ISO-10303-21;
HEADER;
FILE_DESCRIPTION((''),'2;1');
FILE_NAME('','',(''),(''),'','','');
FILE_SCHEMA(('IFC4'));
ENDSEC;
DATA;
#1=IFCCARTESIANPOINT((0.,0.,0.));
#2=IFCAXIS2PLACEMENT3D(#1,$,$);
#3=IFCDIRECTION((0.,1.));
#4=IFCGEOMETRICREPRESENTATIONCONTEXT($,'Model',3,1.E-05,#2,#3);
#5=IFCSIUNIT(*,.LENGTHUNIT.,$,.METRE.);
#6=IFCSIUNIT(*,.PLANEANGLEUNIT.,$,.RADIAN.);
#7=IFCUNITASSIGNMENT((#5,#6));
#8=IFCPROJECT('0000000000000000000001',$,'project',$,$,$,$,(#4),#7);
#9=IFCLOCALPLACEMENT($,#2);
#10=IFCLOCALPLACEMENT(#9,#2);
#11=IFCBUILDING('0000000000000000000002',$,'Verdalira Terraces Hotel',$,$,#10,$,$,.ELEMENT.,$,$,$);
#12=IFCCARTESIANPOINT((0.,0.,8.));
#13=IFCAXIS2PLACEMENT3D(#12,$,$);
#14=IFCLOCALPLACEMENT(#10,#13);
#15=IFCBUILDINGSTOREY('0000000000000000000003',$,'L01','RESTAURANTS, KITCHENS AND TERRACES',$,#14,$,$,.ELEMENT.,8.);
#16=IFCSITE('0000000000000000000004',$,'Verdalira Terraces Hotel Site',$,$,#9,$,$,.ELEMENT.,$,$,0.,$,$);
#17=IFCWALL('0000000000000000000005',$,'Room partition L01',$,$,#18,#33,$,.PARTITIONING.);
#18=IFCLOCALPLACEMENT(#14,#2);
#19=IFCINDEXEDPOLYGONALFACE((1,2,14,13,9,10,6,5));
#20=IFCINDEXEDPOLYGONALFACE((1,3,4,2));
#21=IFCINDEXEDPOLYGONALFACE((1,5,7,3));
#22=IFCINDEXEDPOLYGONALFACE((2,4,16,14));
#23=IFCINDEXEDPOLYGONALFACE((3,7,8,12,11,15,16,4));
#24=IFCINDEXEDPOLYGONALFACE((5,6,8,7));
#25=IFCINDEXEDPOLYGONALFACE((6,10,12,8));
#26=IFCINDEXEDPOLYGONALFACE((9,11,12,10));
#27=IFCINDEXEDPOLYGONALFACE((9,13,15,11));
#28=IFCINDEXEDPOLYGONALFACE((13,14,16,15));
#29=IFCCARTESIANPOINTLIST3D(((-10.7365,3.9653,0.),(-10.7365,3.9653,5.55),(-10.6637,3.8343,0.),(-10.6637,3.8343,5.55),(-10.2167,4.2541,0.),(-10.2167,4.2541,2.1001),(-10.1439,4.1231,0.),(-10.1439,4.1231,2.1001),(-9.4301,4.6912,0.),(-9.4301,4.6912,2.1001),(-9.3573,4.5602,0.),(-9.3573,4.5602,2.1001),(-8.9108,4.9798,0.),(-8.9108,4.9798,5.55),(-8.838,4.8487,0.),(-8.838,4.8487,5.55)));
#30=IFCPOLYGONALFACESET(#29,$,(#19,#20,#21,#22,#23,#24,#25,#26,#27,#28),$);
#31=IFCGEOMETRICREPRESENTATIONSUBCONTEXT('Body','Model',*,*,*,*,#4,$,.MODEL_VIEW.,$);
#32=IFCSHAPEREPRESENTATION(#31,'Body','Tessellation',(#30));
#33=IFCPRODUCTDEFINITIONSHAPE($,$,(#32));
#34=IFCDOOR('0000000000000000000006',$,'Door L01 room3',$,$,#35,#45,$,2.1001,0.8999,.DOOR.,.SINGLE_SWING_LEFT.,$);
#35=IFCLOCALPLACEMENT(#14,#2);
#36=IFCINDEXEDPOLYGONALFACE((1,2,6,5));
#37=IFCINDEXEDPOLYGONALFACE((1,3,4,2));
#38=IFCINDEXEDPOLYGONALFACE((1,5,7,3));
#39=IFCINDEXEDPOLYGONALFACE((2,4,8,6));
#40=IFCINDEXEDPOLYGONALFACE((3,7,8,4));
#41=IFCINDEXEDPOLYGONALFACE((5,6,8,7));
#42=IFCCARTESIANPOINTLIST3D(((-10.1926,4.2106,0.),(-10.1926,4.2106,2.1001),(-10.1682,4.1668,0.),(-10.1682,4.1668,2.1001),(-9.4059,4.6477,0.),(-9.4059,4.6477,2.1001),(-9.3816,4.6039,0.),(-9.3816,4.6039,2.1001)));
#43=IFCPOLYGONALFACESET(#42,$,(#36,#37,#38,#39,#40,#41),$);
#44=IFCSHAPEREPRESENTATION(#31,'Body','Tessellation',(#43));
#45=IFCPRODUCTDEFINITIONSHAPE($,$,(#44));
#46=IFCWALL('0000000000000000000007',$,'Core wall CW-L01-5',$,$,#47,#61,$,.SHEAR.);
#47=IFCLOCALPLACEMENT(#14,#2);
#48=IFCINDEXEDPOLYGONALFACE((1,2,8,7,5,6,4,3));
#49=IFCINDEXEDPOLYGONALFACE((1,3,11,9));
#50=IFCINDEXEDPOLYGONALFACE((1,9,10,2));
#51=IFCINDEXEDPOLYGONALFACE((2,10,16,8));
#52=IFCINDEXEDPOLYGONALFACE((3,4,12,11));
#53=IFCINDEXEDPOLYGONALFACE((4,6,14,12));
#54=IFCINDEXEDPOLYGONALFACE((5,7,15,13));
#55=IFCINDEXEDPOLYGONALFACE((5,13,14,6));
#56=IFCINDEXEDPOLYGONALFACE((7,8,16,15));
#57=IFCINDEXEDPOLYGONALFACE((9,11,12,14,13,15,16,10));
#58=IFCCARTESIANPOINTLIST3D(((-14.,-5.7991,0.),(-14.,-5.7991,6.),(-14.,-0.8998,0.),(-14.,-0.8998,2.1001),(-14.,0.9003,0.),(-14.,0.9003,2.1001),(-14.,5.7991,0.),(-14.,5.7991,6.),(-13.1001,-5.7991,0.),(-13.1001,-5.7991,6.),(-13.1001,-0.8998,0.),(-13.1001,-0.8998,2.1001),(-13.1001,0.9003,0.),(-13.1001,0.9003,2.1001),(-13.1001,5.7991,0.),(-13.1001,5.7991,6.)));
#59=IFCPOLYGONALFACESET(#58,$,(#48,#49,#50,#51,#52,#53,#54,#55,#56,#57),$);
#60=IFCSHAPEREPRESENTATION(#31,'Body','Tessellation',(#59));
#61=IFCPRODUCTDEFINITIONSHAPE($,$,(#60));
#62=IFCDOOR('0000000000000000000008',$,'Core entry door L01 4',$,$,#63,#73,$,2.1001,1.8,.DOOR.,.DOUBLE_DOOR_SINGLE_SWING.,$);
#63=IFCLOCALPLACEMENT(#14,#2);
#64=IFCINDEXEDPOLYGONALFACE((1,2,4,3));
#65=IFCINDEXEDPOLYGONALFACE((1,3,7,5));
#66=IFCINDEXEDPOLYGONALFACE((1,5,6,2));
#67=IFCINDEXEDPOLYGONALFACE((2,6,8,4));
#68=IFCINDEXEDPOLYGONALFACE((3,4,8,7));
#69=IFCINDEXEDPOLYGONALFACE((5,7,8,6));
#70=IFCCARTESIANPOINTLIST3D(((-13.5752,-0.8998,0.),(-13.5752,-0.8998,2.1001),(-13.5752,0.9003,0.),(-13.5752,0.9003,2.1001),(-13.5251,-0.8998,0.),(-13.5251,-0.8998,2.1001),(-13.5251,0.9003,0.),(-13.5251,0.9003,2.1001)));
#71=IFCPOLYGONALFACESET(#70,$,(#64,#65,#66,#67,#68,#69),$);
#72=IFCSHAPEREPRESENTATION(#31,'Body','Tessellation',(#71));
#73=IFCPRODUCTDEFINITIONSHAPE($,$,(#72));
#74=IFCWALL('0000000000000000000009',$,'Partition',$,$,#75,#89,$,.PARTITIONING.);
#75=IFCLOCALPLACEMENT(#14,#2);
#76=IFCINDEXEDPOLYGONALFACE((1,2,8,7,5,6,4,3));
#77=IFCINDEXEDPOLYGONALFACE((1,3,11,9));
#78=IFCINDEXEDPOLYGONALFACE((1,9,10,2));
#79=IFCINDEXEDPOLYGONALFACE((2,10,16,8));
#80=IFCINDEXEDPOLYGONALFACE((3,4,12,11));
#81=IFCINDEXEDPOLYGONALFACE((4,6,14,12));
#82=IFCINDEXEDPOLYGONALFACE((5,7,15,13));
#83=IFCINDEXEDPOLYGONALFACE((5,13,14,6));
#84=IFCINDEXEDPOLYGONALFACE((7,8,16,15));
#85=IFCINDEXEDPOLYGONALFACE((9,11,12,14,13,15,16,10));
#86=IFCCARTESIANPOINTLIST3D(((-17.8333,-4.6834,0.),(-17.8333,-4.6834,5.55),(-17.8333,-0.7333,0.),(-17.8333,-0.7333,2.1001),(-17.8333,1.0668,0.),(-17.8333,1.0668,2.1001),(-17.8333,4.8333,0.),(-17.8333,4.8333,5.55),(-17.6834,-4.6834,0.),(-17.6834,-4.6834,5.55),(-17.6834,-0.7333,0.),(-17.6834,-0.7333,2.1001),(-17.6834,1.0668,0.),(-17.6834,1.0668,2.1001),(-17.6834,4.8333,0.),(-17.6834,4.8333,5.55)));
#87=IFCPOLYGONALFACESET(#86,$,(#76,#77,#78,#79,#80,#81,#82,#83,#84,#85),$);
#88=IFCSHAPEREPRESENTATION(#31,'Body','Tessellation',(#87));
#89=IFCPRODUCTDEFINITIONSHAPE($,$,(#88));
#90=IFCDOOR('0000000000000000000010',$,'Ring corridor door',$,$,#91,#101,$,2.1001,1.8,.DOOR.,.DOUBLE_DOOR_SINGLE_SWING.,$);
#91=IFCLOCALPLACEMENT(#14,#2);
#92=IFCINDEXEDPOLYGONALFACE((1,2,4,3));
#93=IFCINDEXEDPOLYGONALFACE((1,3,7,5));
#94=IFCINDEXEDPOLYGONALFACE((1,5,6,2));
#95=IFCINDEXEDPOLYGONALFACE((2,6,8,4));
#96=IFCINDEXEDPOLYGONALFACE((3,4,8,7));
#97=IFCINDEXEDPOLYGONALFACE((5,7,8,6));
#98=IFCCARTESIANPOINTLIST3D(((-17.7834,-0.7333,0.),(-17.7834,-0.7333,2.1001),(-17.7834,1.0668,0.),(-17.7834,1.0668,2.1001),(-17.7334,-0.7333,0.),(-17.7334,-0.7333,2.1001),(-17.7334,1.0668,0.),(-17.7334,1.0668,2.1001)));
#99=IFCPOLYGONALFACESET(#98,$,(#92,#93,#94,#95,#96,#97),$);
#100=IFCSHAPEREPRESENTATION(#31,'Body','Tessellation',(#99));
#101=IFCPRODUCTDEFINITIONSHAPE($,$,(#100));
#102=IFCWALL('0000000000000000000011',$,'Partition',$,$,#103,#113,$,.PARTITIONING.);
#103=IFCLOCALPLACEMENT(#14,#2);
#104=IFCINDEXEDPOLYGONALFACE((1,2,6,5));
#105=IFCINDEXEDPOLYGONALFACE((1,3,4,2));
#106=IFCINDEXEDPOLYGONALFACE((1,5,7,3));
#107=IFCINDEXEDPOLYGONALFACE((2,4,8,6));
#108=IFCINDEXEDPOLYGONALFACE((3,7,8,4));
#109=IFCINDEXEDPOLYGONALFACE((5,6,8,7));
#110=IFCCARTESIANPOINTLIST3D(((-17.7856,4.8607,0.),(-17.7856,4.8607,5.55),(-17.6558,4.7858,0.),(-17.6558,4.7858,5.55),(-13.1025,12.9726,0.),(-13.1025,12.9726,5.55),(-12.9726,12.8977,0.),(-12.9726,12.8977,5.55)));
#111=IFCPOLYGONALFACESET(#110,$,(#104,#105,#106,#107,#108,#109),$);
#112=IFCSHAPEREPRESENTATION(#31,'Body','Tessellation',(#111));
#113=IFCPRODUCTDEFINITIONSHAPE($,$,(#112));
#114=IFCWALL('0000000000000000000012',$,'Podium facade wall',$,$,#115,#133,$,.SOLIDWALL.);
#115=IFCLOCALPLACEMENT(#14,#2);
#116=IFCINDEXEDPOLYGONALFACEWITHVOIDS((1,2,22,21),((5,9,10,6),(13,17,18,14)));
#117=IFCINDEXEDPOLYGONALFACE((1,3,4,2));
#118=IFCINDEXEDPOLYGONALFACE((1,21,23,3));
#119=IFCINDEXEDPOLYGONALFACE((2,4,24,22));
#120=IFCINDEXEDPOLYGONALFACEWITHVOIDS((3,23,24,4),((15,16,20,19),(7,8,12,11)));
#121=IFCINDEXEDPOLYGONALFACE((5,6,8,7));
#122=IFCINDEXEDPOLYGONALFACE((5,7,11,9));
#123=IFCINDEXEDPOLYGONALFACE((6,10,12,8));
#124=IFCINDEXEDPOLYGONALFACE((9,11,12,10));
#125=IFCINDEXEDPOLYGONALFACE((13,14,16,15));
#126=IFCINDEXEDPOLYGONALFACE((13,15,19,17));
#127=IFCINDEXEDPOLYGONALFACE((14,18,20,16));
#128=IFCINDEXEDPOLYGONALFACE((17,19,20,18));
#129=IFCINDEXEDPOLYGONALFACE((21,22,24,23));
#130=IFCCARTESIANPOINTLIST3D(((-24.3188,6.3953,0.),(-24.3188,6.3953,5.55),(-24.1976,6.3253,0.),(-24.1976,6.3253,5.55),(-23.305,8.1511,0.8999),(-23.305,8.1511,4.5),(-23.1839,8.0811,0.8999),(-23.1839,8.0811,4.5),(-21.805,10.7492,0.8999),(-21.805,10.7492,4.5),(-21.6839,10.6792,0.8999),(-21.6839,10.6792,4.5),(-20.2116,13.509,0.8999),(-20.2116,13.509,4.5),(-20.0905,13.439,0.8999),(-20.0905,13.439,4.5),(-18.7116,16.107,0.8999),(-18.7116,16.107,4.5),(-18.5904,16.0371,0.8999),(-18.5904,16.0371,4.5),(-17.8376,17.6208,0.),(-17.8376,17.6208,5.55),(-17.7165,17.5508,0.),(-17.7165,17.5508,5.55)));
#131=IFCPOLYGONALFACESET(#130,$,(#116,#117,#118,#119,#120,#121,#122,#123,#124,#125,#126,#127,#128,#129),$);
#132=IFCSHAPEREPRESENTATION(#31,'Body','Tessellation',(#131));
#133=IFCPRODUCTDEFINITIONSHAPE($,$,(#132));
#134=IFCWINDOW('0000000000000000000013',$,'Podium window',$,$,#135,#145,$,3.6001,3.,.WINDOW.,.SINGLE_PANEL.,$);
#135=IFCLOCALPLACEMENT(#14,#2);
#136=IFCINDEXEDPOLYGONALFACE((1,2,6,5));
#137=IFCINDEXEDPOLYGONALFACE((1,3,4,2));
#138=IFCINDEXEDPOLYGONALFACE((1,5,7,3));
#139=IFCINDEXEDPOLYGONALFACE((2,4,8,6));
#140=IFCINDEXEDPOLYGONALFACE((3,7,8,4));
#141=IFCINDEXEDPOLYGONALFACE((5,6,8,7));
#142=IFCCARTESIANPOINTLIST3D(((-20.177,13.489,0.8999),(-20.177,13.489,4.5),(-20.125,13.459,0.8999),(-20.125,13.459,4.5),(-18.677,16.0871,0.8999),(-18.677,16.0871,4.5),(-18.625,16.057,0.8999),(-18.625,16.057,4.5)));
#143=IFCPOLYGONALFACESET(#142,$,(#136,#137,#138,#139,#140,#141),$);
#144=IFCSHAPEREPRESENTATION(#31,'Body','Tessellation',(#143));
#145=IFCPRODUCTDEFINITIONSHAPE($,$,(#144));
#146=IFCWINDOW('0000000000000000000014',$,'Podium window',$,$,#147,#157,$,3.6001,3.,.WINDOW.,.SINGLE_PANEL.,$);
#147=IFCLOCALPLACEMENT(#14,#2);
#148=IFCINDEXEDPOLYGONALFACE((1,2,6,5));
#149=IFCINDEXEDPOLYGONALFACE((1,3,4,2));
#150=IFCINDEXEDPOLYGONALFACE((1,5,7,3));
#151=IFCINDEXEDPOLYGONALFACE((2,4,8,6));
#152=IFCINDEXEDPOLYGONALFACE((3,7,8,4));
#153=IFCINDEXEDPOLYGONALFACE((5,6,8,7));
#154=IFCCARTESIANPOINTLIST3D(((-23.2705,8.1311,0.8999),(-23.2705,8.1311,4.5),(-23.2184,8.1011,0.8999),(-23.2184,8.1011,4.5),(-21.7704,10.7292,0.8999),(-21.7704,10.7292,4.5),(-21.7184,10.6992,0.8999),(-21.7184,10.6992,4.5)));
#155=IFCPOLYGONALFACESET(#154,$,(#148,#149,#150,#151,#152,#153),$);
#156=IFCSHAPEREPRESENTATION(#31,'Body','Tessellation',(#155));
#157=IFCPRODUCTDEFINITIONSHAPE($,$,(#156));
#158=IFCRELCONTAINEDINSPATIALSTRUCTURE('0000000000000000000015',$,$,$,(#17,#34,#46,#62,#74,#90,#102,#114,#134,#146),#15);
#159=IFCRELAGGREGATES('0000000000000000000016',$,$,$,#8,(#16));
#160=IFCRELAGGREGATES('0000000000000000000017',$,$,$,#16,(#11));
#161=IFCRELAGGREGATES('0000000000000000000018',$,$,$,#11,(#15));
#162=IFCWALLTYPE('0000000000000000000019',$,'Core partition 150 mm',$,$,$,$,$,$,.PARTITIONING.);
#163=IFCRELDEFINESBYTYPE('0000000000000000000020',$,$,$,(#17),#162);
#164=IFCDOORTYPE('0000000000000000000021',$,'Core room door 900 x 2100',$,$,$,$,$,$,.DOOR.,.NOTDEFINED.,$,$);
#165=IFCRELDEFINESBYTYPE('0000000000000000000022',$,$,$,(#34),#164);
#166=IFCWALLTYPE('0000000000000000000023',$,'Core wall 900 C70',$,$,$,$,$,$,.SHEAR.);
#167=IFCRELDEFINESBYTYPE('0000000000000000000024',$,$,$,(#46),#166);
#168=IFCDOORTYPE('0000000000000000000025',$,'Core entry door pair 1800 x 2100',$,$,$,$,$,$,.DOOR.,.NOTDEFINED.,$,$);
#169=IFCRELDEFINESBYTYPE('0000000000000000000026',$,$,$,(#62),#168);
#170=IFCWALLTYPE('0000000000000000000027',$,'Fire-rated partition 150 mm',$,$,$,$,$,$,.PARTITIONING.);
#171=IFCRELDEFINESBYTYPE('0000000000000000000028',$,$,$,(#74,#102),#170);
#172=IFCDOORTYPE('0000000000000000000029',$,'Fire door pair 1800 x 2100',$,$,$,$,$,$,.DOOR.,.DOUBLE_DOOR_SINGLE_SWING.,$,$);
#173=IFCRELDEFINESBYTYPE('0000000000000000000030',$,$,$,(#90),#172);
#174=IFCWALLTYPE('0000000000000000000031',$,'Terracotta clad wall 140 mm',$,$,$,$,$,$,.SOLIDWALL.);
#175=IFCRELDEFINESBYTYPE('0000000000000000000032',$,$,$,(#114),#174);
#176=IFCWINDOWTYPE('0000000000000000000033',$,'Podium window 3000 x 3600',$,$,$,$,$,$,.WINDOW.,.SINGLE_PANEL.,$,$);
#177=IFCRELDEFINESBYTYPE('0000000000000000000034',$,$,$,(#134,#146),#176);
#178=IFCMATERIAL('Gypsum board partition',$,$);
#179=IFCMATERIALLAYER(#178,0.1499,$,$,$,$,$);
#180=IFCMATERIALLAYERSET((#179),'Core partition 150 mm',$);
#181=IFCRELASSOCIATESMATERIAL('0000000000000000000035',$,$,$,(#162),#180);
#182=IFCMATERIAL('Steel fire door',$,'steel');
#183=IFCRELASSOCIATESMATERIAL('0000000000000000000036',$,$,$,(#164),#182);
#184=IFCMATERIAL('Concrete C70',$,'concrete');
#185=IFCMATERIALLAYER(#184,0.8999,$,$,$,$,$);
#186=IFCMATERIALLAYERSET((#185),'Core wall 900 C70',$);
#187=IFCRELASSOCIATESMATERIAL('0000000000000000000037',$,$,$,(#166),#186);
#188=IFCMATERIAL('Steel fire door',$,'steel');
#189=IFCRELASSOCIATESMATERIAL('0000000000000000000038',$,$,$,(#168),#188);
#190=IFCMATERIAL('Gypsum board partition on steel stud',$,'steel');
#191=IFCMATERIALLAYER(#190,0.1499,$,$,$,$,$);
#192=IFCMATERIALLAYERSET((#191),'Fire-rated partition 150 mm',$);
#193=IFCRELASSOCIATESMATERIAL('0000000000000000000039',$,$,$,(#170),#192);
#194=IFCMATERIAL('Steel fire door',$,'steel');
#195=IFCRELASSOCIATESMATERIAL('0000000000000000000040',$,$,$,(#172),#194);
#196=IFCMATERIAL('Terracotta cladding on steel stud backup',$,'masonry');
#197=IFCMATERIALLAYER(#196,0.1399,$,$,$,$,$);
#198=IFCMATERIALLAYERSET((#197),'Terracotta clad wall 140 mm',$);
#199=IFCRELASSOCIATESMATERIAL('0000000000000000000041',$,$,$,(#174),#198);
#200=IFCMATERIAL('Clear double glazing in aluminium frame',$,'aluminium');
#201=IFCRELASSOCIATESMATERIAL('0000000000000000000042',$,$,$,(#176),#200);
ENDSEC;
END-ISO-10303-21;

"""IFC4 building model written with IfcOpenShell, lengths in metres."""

from ifc_helpers import new_model, si_unit, direction, frame, frame_2d, origin, place, context, subcontext, project, spatial, rectangle, extrude, material, layer, layer_set, type_object, element, fill, save


model = new_model("IFC4")

# Units and contexts
model_context = context("Model", 3, precision=1e-05, world=origin(), true_north=direction((0.0, 1.0)))
body_context = subcontext(model_context, "Body", "Model", "MODEL_VIEW")
ifc_project = project(units=[si_unit("LENGTHUNIT", "METRE"), si_unit("PLANEANGLEUNIT", "RADIAN")], contexts=[model_context])

# Site, building, storey
site_placement = place(None, origin())
site = spatial("IfcSite", under=ifc_project, at=site_placement, Name="Verdalira Terraces Hotel Site", CompositionType="ELEMENT", RefElevation=0.0)
building_placement = place(site_placement, origin())
building = spatial("IfcBuilding", under=site, at=building_placement, Name="Verdalira Terraces Hotel", CompositionType="ELEMENT")
storey_placement = place(building_placement, frame((0.0, 0.0, 8.0)))
storey = spatial("IfcBuildingStorey", under=building, at=storey_placement, Name="L01", Description="RESTAURANTS, KITCHENS AND TERRACES", CompositionType="ELEMENT", Elevation=8.0)

# Walls, openings, doors
ifc_material_1 = material(Name="Gypsum board partition")
ifc_layer_1 = layer(ifc_material_1, 0.1499)
ifc_layer_set_1 = layer_set([ifc_layer_1], Name="Core partition 150 mm")
wall_type_1 = type_object("IfcWallType", Name="Core partition 150 mm", PredefinedType="PARTITIONING", material=ifc_layer_set_1)
wall_1_placement = place(storey_placement, frame((-8.8743, 4.9143, 0.0), z_axis=(0.0, 0.0, 1.0), x_axis=(-0.87413, -0.485693, 0.0)))
wall_1 = element("IfcWall", 1, at=wall_1_placement, inside=storey, type_object=wall_type_1, Name="Room partition L01", PredefinedType="PARTITIONING", context=body_context, shape_type="SweptSolid", body=[
    extrude(rectangle(XDim=2.0886, YDim=0.1499, at=frame_2d((1.0444, 0.0))), origin(), (0.0, 0.0, 1.0), 5.55),
])
opening_1_placement = place(wall_1_placement, frame((0.5942, 0.0, 0.0)))
opening_1 = element("IfcOpeningElement", 2, at=opening_1_placement, cuts=wall_1, PredefinedType="OPENING", context=body_context, shape_type="SweptSolid", body=[
    extrude(rectangle(XDim=0.8999, YDim=2.1001, at=frame_2d((0.45, 1.05))), frame((0.0, 0.085, 0.0), z_axis=(0.0, -1.0, 0.0), x_axis=(1.0, 0.0, 0.0)), (0.0, 0.0, 1.0), 0.1699),
])
ifc_material_2 = material(Name="Steel fire door", Category="steel")
door_type_1 = type_object("IfcDoorType", Name="Core room door 900 x 2100", OperationType="NOTDEFINED", PredefinedType="DOOR", material=ifc_material_2)
door_1_placement = place(opening_1_placement, origin())
door_1 = element("IfcDoor", 3, at=door_1_placement, inside=storey, type_object=door_type_1, Name="Door L01 room3", OperationType="SINGLE_SWING_LEFT", OverallHeight=2.1001, OverallWidth=0.8999, PredefinedType="DOOR", context=body_context, shape_type="SweptSolid", body=[
    extrude(rectangle(XDim=0.8999, YDim=2.1001, at=frame_2d((0.45, 1.05))), frame((0.0, 0.0249, 0.0), z_axis=(0.0, -1.0, 0.0), x_axis=(1.0, 0.0, 0.0)), (0.0, 0.0, 1.0), 0.05),
])
fill(opening_1, door_1)
ifc_material_3 = material(Name="Concrete C70", Category="concrete")
ifc_layer_2 = layer(ifc_material_3, 0.8999)
ifc_layer_set_2 = layer_set([ifc_layer_2], Name="Core wall 900 C70")
wall_type_2 = type_object("IfcWallType", Name="Core wall 900 C70", PredefinedType="SHEAR", material=ifc_layer_set_2)
wall_2_placement = place(storey_placement, frame((-13.55, 5.7991, 0.0), z_axis=(0.0, 0.0, 1.0), x_axis=(0.0, -1.0, 0.0)))
wall_2 = element("IfcWall", 4, at=wall_2_placement, inside=storey, type_object=wall_type_2, Name="Core wall CW-L01-5", PredefinedType="SHEAR", context=body_context, shape_type="SweptSolid", body=[
    extrude(rectangle(XDim=11.5981, YDim=0.8999, at=frame_2d((5.7991, 0.0))), origin(), (0.0, 0.0, 1.0), 6.0),
])
opening_2_placement = place(wall_2_placement, frame((4.8989, 0.0, 0.0)))
opening_2 = element("IfcOpeningElement", 5, at=opening_2_placement, cuts=wall_2, PredefinedType="OPENING", context=body_context, shape_type="SweptSolid", body=[
    extrude(rectangle(XDim=1.8, YDim=2.1001, at=frame_2d((0.8999, 1.05))), frame((0.0, 0.46, 0.0), z_axis=(0.0, -1.0, 0.0), x_axis=(1.0, 0.0, 0.0)), (0.0, 0.0, 1.0), 0.9199),
])
ifc_material_4 = material(Name="Steel fire door", Category="steel")
door_type_2 = type_object("IfcDoorType", Name="Core entry door pair 1800 x 2100", OperationType="NOTDEFINED", PredefinedType="DOOR", material=ifc_material_4)
door_2_placement = place(opening_2_placement, origin())
door_2 = element("IfcDoor", 6, at=door_2_placement, inside=storey, type_object=door_type_2, Name="Core entry door L01 4", OperationType="DOUBLE_DOOR_SINGLE_SWING", OverallHeight=2.1001, OverallWidth=1.8, PredefinedType="DOOR", context=body_context, shape_type="SweptSolid", body=[
    extrude(rectangle(XDim=1.8, YDim=2.1001, at=frame_2d((0.8999, 1.05))), frame((0.0, 0.0249, 0.0), z_axis=(0.0, -1.0, 0.0), x_axis=(1.0, 0.0, 0.0)), (0.0, 0.0, 1.0), 0.05),
])
fill(opening_2, door_2)
ifc_material_5 = material(Name="Gypsum board partition on steel stud", Category="steel")
ifc_layer_3 = layer(ifc_material_5, 0.1499)
ifc_layer_set_3 = layer_set([ifc_layer_3], Name="Fire-rated partition 150 mm")
wall_type_3 = type_object("IfcWallType", Name="Fire-rated partition 150 mm", PredefinedType="PARTITIONING", material=ifc_layer_set_3)
wall_3_placement = place(storey_placement, frame((-17.7583, 4.8333, 0.0), z_axis=(0.0, 0.0, 1.0), x_axis=(0.0, -1.0, 0.0)))
wall_3 = element("IfcWall", 7, at=wall_3_placement, inside=storey, type_object=wall_type_3, Name="Partition", PredefinedType="PARTITIONING", context=body_context, shape_type="SweptSolid", body=[
    extrude(rectangle(XDim=9.5166, YDim=0.1499, at=frame_2d((4.7583, 0.0))), origin(), (0.0, 0.0, 1.0), 5.55),
])
opening_3_placement = place(wall_3_placement, frame((3.7666, 0.0, 0.0)))
opening_3 = element("IfcOpeningElement", 8, at=opening_3_placement, cuts=wall_3, PredefinedType="OPENING", context=body_context, shape_type="SweptSolid", body=[
    extrude(rectangle(XDim=1.8, YDim=2.1001, at=frame_2d((0.8999, 1.05))), frame((0.0, 0.085, 0.0), z_axis=(0.0, -1.0, 0.0), x_axis=(1.0, 0.0, 0.0)), (0.0, 0.0, 1.0), 0.1699),
])
ifc_material_6 = material(Name="Steel fire door", Category="steel")
door_type_3 = type_object("IfcDoorType", Name="Fire door pair 1800 x 2100", OperationType="DOUBLE_DOOR_SINGLE_SWING", PredefinedType="DOOR", material=ifc_material_6)
door_3_placement = place(opening_3_placement, origin())
door_3 = element("IfcDoor", 9, at=door_3_placement, inside=storey, type_object=door_type_3, Name="Ring corridor door", OperationType="DOUBLE_DOOR_SINGLE_SWING", OverallHeight=2.1001, OverallWidth=1.8, PredefinedType="DOOR", context=body_context, shape_type="SweptSolid", body=[
    extrude(rectangle(XDim=1.8, YDim=2.1001, at=frame_2d((0.8999, 1.05))), frame((0.0, 0.0249, 0.0), z_axis=(0.0, -1.0, 0.0), x_axis=(1.0, 0.0, 0.0)), (0.0, 0.0, 1.0), 0.05),
])
fill(opening_3, door_3)

# Wall
wall_4_placement = place(storey_placement, frame((-17.7207, 4.8232, 0.0), z_axis=(0.0, 0.0, 1.0), x_axis=(0.49998, 0.866037, 0.0)))
element("IfcWall", 10, at=wall_4_placement, inside=storey, type_object=wall_type_3, Name="Partition", PredefinedType="PARTITIONING", context=body_context, shape_type="SweptSolid", body=[
    extrude(rectangle(XDim=9.3667, YDim=0.1499, at=frame_2d((4.6833, 0.0))), origin(), (0.0, 0.0, 1.0), 5.55),
])

# Wall, openings, windows
ifc_material_7 = material(Name="Terracotta cladding on steel stud backup", Category="masonry")
ifc_layer_4 = layer(ifc_material_7, 0.1399)
ifc_layer_set_4 = layer_set([ifc_layer_4], Name="Terracotta clad wall 140 mm")
wall_type_4 = type_object("IfcWallType", Name="Terracotta clad wall 140 mm", PredefinedType="SOLIDWALL", material=ifc_layer_set_4)
wall_5_placement = place(storey_placement, frame((-17.7771, 17.5857, 0.0), z_axis=(0.0, 0.0, 1.0), x_axis=(-0.500006, -0.866022, 0.0)))
wall_5 = element("IfcWall", 11, at=wall_5_placement, inside=storey, type_object=wall_type_4, Name="Podium facade wall", PredefinedType="SOLIDWALL", context=body_context, shape_type="SweptSolid", body=[
    extrude(rectangle(XDim=12.9622, YDim=0.1399, at=frame_2d((6.481, 0.0))), origin(), (0.0, 0.0, 1.0), 5.55),
])
opening_4_placement = place(wall_5_placement, frame((1.7478, 0.0, 0.8999)))
opening_4 = element("IfcOpeningElement", 12, at=opening_4_placement, cuts=wall_5, PredefinedType="OPENING", context=body_context, shape_type="SweptSolid", body=[
    extrude(rectangle(XDim=3.0, YDim=3.6001, at=frame_2d((1.5, 1.8))), frame((0.0, 0.0798, 0.0), z_axis=(0.0, -1.0, 0.0), x_axis=(1.0, 0.0, 0.0)), (0.0, 0.0, 1.0), 0.1599),
])
opening_5_placement = place(wall_5_placement, frame((7.9346, 0.0, 0.8999)))
opening_5 = element("IfcOpeningElement", 13, at=opening_5_placement, cuts=wall_5, PredefinedType="OPENING", context=body_context, shape_type="SweptSolid", body=[
    extrude(rectangle(XDim=3.0, YDim=3.6001, at=frame_2d((1.5, 1.8))), frame((0.0, 0.0798, 0.0), z_axis=(0.0, -1.0, 0.0), x_axis=(1.0, 0.0, 0.0)), (0.0, 0.0, 1.0), 0.1599),
])
ifc_material_8 = material(Name="Clear double glazing in aluminium frame", Category="aluminium")
window_type = type_object("IfcWindowType", Name="Podium window 3000 x 3600", PartitioningType="SINGLE_PANEL", PredefinedType="WINDOW", material=ifc_material_8)
window_1_placement = place(opening_4_placement, origin())
window_1 = element("IfcWindow", 14, at=window_1_placement, inside=storey, type_object=window_type, Name="Podium window", OverallHeight=3.6001, OverallWidth=3.0, PartitioningType="SINGLE_PANEL", PredefinedType="WINDOW", context=body_context, shape_type="SweptSolid", body=[
    extrude(rectangle(XDim=3.0, YDim=3.6001, at=frame_2d((1.5, 1.8))), frame((0.0, 0.03, 0.0), z_axis=(0.0, -1.0, 0.0), x_axis=(1.0, 0.0, 0.0)), (0.0, 0.0, 1.0), 0.0601),
])
fill(opening_4, window_1)
window_2_placement = place(opening_5_placement, origin())
window_2 = element("IfcWindow", 15, at=window_2_placement, inside=storey, type_object=window_type, Name="Podium window", OverallHeight=3.6001, OverallWidth=3.0, PartitioningType="SINGLE_PANEL", PredefinedType="WINDOW", context=body_context, shape_type="SweptSolid", body=[
    extrude(rectangle(XDim=3.0, YDim=3.6001, at=frame_2d((1.5, 1.8))), frame((0.0, 0.03, 0.0), z_axis=(0.0, -1.0, 0.0), x_axis=(1.0, 0.0, 0.0)), (0.0, 0.0, 1.0), 0.0601),
])
fill(opening_5, window_2)

save(model, "model.ifc")
